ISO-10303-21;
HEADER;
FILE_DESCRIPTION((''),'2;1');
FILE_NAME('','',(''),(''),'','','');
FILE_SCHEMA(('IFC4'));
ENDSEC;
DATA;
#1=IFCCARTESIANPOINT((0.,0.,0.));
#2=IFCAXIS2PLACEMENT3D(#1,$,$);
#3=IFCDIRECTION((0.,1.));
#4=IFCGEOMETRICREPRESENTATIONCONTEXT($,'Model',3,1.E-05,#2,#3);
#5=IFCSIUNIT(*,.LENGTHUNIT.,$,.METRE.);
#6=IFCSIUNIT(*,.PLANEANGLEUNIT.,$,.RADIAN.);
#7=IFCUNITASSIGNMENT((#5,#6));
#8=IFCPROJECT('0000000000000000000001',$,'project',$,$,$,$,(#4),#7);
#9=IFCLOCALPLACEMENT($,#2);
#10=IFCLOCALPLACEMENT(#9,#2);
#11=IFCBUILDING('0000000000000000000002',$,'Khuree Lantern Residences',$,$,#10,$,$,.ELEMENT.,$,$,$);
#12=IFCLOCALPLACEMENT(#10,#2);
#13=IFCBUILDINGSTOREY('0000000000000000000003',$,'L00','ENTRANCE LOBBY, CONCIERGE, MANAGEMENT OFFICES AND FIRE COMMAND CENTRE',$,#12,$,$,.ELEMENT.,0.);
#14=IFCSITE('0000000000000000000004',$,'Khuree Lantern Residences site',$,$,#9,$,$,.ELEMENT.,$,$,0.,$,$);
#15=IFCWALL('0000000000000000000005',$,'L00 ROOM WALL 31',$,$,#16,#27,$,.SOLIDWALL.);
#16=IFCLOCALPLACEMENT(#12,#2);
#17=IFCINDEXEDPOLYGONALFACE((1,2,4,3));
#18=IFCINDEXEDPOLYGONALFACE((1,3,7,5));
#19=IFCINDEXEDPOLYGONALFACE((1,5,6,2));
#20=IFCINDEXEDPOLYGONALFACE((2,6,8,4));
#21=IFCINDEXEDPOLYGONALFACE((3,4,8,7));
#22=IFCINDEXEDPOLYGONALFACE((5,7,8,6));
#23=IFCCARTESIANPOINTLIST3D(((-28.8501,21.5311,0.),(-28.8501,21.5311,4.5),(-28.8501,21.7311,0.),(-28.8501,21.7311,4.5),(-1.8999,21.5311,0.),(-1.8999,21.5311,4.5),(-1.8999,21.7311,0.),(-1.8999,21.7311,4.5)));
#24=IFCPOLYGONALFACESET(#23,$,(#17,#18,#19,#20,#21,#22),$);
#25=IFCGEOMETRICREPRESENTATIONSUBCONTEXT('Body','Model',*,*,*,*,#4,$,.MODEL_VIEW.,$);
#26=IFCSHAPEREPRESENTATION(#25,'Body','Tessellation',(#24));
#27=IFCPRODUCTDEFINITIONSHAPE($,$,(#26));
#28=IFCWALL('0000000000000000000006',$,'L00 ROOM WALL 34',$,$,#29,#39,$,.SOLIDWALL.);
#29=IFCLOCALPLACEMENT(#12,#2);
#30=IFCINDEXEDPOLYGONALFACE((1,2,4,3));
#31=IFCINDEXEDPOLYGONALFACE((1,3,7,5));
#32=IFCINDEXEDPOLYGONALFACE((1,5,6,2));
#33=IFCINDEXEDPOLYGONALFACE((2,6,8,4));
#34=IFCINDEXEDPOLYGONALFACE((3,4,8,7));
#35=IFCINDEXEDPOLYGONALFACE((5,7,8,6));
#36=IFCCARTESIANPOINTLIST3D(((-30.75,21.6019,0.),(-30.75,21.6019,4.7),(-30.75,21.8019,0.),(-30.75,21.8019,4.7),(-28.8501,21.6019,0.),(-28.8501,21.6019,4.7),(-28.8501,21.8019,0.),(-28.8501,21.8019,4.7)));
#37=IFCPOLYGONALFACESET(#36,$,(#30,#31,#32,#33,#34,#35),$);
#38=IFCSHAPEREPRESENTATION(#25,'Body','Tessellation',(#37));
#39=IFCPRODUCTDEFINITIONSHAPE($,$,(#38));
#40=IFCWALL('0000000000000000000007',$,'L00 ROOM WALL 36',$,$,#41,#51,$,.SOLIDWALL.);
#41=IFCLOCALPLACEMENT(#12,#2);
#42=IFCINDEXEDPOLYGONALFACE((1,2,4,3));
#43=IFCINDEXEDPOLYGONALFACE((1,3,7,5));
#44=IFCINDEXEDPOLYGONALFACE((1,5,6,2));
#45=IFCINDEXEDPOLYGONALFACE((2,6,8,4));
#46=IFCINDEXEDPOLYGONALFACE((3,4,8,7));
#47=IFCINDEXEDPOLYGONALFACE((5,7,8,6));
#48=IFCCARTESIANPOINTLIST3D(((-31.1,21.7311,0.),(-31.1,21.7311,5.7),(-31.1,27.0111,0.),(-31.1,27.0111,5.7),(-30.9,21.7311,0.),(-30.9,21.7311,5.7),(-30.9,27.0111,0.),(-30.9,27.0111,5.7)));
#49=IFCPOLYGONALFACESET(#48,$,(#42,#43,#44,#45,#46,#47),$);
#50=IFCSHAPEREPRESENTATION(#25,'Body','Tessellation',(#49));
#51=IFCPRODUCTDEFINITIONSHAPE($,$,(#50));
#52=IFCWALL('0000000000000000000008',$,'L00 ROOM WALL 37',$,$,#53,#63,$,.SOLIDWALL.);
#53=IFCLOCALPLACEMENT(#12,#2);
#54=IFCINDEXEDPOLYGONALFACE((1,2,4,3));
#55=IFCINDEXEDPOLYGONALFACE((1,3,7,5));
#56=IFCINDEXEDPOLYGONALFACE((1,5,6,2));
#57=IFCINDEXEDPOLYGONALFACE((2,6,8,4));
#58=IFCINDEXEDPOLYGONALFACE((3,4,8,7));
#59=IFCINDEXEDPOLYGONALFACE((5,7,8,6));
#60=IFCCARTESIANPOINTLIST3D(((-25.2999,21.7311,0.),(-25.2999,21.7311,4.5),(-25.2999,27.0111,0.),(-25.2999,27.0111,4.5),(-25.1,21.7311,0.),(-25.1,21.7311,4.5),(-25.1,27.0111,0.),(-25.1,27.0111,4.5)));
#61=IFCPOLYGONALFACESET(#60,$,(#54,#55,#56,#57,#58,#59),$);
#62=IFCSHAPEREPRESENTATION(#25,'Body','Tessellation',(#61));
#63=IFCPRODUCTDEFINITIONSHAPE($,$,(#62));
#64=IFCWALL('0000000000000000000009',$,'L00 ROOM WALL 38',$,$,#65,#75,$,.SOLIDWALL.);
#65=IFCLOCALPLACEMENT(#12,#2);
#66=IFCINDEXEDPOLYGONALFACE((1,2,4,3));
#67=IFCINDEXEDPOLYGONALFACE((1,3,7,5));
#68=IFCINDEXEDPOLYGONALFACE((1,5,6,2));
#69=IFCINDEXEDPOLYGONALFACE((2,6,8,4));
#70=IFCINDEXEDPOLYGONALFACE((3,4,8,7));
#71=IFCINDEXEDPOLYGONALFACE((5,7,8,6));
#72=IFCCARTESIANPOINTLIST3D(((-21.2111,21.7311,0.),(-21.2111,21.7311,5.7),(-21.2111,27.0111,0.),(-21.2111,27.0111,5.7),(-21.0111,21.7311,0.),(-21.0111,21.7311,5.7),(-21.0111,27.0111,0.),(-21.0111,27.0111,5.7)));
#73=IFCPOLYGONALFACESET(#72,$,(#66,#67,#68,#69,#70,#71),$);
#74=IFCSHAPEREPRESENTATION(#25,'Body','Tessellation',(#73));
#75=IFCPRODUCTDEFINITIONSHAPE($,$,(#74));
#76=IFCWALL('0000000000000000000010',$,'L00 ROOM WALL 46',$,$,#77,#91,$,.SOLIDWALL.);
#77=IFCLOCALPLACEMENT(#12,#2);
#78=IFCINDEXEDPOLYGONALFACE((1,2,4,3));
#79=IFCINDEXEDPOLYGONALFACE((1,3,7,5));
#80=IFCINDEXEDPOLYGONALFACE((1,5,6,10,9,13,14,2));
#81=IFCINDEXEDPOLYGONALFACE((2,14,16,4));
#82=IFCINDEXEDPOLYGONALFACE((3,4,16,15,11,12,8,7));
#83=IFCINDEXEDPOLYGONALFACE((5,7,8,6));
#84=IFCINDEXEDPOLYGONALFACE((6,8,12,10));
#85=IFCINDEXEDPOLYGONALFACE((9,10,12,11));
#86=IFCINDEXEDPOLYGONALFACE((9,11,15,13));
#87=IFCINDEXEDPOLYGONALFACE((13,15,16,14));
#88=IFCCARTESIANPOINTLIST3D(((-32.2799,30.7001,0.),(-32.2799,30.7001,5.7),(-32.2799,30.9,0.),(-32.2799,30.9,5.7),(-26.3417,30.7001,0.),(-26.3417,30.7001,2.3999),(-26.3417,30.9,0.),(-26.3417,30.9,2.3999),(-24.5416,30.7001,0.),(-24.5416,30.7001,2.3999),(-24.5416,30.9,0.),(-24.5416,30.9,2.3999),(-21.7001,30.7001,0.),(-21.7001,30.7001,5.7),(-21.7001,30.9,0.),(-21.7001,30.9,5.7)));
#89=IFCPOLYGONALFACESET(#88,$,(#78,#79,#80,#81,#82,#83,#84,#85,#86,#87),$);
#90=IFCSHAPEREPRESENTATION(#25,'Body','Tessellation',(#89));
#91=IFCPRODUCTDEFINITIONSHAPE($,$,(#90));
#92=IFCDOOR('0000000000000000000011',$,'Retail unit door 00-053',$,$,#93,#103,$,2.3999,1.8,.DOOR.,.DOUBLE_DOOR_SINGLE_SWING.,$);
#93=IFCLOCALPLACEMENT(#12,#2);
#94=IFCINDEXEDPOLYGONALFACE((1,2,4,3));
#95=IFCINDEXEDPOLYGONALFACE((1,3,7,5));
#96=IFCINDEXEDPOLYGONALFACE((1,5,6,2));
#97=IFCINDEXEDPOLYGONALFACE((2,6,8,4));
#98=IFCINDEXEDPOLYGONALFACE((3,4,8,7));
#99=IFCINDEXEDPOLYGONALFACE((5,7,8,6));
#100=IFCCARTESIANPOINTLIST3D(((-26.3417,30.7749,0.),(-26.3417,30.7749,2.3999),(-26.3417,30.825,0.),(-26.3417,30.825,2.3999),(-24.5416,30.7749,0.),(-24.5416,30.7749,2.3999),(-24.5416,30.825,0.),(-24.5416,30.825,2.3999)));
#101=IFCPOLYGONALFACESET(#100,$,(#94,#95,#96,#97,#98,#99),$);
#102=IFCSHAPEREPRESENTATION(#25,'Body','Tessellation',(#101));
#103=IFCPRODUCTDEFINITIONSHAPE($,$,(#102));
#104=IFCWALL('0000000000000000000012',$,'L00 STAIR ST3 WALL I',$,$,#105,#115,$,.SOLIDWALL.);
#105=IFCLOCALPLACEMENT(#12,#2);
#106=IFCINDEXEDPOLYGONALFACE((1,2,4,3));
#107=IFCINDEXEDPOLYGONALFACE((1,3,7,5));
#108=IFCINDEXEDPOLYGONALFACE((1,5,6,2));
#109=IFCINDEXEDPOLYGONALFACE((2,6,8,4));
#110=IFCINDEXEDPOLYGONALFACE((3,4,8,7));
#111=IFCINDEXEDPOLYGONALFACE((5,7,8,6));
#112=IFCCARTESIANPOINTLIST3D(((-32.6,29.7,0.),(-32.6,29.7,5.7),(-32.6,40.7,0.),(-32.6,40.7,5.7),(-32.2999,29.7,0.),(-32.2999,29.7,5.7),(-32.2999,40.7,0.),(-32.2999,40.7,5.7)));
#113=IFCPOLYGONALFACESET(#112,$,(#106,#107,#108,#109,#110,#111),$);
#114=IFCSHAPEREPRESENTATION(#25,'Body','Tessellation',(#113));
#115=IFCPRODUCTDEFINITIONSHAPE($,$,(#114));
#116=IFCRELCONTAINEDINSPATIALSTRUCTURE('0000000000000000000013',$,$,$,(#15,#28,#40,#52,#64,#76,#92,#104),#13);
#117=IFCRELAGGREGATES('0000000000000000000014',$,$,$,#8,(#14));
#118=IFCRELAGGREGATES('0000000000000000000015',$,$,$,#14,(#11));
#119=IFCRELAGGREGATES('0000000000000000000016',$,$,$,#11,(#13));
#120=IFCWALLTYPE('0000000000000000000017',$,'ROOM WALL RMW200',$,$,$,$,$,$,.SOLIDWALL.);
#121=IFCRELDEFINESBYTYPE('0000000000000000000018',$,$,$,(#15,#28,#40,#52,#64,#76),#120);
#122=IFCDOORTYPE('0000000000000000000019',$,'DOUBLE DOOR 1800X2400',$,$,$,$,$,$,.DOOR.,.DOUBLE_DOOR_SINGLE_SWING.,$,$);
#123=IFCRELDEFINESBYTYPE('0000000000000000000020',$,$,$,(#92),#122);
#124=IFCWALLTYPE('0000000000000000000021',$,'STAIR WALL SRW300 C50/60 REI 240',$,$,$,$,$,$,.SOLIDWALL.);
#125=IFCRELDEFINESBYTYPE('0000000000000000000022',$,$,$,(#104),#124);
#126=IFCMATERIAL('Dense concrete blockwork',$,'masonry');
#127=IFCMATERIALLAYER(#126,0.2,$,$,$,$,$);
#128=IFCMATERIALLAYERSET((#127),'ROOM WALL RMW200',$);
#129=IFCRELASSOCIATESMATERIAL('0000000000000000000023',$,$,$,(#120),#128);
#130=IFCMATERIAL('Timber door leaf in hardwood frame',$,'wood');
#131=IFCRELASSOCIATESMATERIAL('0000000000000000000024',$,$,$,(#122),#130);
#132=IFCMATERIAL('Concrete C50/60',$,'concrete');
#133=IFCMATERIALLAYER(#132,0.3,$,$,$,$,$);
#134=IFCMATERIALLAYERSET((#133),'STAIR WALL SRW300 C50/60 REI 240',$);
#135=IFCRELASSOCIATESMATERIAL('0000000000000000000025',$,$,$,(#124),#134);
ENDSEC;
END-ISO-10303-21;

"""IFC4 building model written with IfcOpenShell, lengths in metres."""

from ifc_helpers import new_model, si_unit, direction, frame, frame_2d, origin, place, context, subcontext, project, spatial, rectangle, extrude, material, layer, layer_set, type_object, element, fill, save


model = new_model("IFC4")

# Units and contexts
model_context = context("Model", 3, precision=1e-05, world=origin(), true_north=direction((0.0, 1.0)))
body_context = subcontext(model_context, "Body", "Model", "MODEL_VIEW")
ifc_project = project(units=[si_unit("LENGTHUNIT", "METRE"), si_unit("PLANEANGLEUNIT", "RADIAN")], contexts=[model_context])

# Site, building, storey
site_placement = place(None, origin())
site = spatial("IfcSite", under=ifc_project, at=site_placement, Name="Khuree Lantern Residences site", CompositionType="ELEMENT", RefElevation=0.0)
building_placement = place(site_placement, origin())
building = spatial("IfcBuilding", under=site, at=building_placement, Name="Khuree Lantern Residences", CompositionType="ELEMENT")
storey_placement = place(building_placement, origin())
storey = spatial("IfcBuildingStorey", under=building, at=storey_placement, Name="L00", Description="ENTRANCE LOBBY, CONCIERGE, MANAGEMENT OFFICES AND FIRE COMMAND CENTRE", CompositionType="ELEMENT", Elevation=0.0)

# Walls
ifc_material_1 = material(Name="Dense concrete blockwork", Category="masonry")
ifc_layer_1 = layer(ifc_material_1, 0.2)
ifc_layer_set_1 = layer_set([ifc_layer_1], Name="ROOM WALL RMW200")
wall_type_1 = type_object("IfcWallType", Name="ROOM WALL RMW200", PredefinedType="SOLIDWALL", material=ifc_layer_set_1)
wall_1_placement = place(storey_placement, frame((-28.8501, 21.6311, 0.0), z_axis=(0.0, 0.0, 1.0), x_axis=(1.0, 0.0, 0.0)))
element("IfcWall", 1, at=wall_1_placement, inside=storey, type_object=wall_type_1, Name="L00 ROOM WALL 31", PredefinedType="SOLIDWALL", context=body_context, shape_type="SweptSolid", body=[
    extrude(rectangle(XDim=26.9502, YDim=0.2, at=frame_2d((13.4751, 0.0))), origin(), (0.0, 0.0, 1.0), 4.5),
])
wall_2_placement = place(storey_placement, frame((-30.75, 21.7019, 0.0), z_axis=(0.0, 0.0, 1.0), x_axis=(1.0, 0.0, 0.0)))
element("IfcWall", 2, at=wall_2_placement, inside=storey, type_object=wall_type_1, Name="L00 ROOM WALL 34", PredefinedType="SOLIDWALL", context=body_context, shape_type="SweptSolid", body=[
    extrude(rectangle(XDim=1.8999, YDim=0.2, at=frame_2d((0.95, 0.0))), origin(), (0.0, 0.0, 1.0), 4.7),
])
wall_3_placement = place(storey_placement, frame((-31.0, 21.731, 0.0), z_axis=(0.0, 0.0, 1.0), x_axis=(0.0, 1.0, 0.0)))
element("IfcWall", 3, at=wall_3_placement, inside=storey, type_object=wall_type_1, Name="L00 ROOM WALL 36", PredefinedType="SOLIDWALL", context=body_context, shape_type="SweptSolid", body=[
    extrude(rectangle(XDim=5.28, YDim=0.2, at=frame_2d((2.6401, 0.0))), origin(), (0.0, 0.0, 1.0), 5.7),
])
wall_4_placement = place(storey_placement, frame((-25.2, 21.731, 0.0), z_axis=(0.0, 0.0, 1.0), x_axis=(0.0, 1.0, 0.0)))
element("IfcWall", 4, at=wall_4_placement, inside=storey, type_object=wall_type_1, Name="L00 ROOM WALL 37", PredefinedType="SOLIDWALL", context=body_context, shape_type="SweptSolid", body=[
    extrude(rectangle(XDim=5.28, YDim=0.2, at=frame_2d((2.6401, 0.0))), origin(), (0.0, 0.0, 1.0), 4.5),
])
wall_5_placement = place(storey_placement, frame((-21.1111, 21.731, 0.0), z_axis=(0.0, 0.0, 1.0), x_axis=(0.0, 1.0, 0.0)))
element("IfcWall", 5, at=wall_5_placement, inside=storey, type_object=wall_type_1, Name="L00 ROOM WALL 38", PredefinedType="SOLIDWALL", context=body_context, shape_type="SweptSolid", body=[
    extrude(rectangle(XDim=5.28, YDim=0.2, at=frame_2d((2.6401, 0.0))), origin(), (0.0, 0.0, 1.0), 5.7),
])

# Wall, opening, door
wall_6_placement = place(storey_placement, frame((-32.28, 30.8, 0.0), z_axis=(0.0, 0.0, 1.0), x_axis=(1.0, 0.0, 0.0)))
wall_6 = element("IfcWall", 6, at=wall_6_placement, inside=storey, type_object=wall_type_1, Name="L00 ROOM WALL 46", PredefinedType="SOLIDWALL", context=body_context, shape_type="SweptSolid", body=[
    extrude(rectangle(XDim=10.5798, YDim=0.2, at=frame_2d((5.29, 0.0))), origin(), (0.0, 0.0, 1.0), 5.7),
])
opening_placement = place(wall_6_placement, frame((5.9385, 0.0, 0.0)))
opening = element("IfcOpeningElement", 7, at=opening_placement, cuts=wall_6, PredefinedType="OPENING", context=body_context, shape_type="SweptSolid", body=[
    extrude(rectangle(XDim=1.8, YDim=2.3999, at=frame_2d((0.8999, 1.2))), frame((0.0, 0.1099, 0.0), z_axis=(0.0, -1.0, 0.0), x_axis=(1.0, 0.0, 0.0)), (0.0, 0.0, 1.0), 0.22),
])
ifc_material_2 = material(Name="Timber door leaf in hardwood frame", Category="wood")
door_type = type_object("IfcDoorType", Name="DOUBLE DOOR 1800X2400", OperationType="DOUBLE_DOOR_SINGLE_SWING", PredefinedType="DOOR", material=ifc_material_2)
door_placement = place(opening_placement, origin())
door = element("IfcDoor", 8, at=door_placement, inside=storey, type_object=door_type, Name="Retail unit door 00-053", OperationType="DOUBLE_DOOR_SINGLE_SWING", OverallHeight=2.3999, OverallWidth=1.8, PredefinedType="DOOR", context=body_context, shape_type="SweptSolid", body=[
    extrude(rectangle(XDim=1.8, YDim=2.3999, at=frame_2d((0.8999, 1.2))), frame((0.0, 0.0249, 0.0), z_axis=(0.0, -1.0, 0.0), x_axis=(1.0, 0.0, 0.0)), (0.0, 0.0, 1.0), 0.05),
])
fill(opening, door)

# Wall
ifc_material_3 = material(Name="Concrete C50/60", Category="concrete")
ifc_layer_2 = layer(ifc_material_3, 0.3)
ifc_layer_set_2 = layer_set([ifc_layer_2], Name="STAIR WALL SRW300 C50/60 REI 240")
wall_type_2 = type_object("IfcWallType", Name="STAIR WALL SRW300 C50/60 REI 240", PredefinedType="SOLIDWALL", material=ifc_layer_set_2)
wall_7_placement = place(storey_placement, frame((-32.45, 29.7, 0.0), z_axis=(0.0, 0.0, 1.0), x_axis=(0.0, 1.0, 0.0)))
element("IfcWall", 9, at=wall_7_placement, inside=storey, type_object=wall_type_2, Name="L00 STAIR ST3 WALL I", PredefinedType="SOLIDWALL", context=body_context, shape_type="SweptSolid", body=[
    extrude(rectangle(XDim=11.0, YDim=0.3, at=frame_2d((5.5, 0.0))), origin(), (0.0, 0.0, 1.0), 5.7),
])

save(model, "model.ifc")
